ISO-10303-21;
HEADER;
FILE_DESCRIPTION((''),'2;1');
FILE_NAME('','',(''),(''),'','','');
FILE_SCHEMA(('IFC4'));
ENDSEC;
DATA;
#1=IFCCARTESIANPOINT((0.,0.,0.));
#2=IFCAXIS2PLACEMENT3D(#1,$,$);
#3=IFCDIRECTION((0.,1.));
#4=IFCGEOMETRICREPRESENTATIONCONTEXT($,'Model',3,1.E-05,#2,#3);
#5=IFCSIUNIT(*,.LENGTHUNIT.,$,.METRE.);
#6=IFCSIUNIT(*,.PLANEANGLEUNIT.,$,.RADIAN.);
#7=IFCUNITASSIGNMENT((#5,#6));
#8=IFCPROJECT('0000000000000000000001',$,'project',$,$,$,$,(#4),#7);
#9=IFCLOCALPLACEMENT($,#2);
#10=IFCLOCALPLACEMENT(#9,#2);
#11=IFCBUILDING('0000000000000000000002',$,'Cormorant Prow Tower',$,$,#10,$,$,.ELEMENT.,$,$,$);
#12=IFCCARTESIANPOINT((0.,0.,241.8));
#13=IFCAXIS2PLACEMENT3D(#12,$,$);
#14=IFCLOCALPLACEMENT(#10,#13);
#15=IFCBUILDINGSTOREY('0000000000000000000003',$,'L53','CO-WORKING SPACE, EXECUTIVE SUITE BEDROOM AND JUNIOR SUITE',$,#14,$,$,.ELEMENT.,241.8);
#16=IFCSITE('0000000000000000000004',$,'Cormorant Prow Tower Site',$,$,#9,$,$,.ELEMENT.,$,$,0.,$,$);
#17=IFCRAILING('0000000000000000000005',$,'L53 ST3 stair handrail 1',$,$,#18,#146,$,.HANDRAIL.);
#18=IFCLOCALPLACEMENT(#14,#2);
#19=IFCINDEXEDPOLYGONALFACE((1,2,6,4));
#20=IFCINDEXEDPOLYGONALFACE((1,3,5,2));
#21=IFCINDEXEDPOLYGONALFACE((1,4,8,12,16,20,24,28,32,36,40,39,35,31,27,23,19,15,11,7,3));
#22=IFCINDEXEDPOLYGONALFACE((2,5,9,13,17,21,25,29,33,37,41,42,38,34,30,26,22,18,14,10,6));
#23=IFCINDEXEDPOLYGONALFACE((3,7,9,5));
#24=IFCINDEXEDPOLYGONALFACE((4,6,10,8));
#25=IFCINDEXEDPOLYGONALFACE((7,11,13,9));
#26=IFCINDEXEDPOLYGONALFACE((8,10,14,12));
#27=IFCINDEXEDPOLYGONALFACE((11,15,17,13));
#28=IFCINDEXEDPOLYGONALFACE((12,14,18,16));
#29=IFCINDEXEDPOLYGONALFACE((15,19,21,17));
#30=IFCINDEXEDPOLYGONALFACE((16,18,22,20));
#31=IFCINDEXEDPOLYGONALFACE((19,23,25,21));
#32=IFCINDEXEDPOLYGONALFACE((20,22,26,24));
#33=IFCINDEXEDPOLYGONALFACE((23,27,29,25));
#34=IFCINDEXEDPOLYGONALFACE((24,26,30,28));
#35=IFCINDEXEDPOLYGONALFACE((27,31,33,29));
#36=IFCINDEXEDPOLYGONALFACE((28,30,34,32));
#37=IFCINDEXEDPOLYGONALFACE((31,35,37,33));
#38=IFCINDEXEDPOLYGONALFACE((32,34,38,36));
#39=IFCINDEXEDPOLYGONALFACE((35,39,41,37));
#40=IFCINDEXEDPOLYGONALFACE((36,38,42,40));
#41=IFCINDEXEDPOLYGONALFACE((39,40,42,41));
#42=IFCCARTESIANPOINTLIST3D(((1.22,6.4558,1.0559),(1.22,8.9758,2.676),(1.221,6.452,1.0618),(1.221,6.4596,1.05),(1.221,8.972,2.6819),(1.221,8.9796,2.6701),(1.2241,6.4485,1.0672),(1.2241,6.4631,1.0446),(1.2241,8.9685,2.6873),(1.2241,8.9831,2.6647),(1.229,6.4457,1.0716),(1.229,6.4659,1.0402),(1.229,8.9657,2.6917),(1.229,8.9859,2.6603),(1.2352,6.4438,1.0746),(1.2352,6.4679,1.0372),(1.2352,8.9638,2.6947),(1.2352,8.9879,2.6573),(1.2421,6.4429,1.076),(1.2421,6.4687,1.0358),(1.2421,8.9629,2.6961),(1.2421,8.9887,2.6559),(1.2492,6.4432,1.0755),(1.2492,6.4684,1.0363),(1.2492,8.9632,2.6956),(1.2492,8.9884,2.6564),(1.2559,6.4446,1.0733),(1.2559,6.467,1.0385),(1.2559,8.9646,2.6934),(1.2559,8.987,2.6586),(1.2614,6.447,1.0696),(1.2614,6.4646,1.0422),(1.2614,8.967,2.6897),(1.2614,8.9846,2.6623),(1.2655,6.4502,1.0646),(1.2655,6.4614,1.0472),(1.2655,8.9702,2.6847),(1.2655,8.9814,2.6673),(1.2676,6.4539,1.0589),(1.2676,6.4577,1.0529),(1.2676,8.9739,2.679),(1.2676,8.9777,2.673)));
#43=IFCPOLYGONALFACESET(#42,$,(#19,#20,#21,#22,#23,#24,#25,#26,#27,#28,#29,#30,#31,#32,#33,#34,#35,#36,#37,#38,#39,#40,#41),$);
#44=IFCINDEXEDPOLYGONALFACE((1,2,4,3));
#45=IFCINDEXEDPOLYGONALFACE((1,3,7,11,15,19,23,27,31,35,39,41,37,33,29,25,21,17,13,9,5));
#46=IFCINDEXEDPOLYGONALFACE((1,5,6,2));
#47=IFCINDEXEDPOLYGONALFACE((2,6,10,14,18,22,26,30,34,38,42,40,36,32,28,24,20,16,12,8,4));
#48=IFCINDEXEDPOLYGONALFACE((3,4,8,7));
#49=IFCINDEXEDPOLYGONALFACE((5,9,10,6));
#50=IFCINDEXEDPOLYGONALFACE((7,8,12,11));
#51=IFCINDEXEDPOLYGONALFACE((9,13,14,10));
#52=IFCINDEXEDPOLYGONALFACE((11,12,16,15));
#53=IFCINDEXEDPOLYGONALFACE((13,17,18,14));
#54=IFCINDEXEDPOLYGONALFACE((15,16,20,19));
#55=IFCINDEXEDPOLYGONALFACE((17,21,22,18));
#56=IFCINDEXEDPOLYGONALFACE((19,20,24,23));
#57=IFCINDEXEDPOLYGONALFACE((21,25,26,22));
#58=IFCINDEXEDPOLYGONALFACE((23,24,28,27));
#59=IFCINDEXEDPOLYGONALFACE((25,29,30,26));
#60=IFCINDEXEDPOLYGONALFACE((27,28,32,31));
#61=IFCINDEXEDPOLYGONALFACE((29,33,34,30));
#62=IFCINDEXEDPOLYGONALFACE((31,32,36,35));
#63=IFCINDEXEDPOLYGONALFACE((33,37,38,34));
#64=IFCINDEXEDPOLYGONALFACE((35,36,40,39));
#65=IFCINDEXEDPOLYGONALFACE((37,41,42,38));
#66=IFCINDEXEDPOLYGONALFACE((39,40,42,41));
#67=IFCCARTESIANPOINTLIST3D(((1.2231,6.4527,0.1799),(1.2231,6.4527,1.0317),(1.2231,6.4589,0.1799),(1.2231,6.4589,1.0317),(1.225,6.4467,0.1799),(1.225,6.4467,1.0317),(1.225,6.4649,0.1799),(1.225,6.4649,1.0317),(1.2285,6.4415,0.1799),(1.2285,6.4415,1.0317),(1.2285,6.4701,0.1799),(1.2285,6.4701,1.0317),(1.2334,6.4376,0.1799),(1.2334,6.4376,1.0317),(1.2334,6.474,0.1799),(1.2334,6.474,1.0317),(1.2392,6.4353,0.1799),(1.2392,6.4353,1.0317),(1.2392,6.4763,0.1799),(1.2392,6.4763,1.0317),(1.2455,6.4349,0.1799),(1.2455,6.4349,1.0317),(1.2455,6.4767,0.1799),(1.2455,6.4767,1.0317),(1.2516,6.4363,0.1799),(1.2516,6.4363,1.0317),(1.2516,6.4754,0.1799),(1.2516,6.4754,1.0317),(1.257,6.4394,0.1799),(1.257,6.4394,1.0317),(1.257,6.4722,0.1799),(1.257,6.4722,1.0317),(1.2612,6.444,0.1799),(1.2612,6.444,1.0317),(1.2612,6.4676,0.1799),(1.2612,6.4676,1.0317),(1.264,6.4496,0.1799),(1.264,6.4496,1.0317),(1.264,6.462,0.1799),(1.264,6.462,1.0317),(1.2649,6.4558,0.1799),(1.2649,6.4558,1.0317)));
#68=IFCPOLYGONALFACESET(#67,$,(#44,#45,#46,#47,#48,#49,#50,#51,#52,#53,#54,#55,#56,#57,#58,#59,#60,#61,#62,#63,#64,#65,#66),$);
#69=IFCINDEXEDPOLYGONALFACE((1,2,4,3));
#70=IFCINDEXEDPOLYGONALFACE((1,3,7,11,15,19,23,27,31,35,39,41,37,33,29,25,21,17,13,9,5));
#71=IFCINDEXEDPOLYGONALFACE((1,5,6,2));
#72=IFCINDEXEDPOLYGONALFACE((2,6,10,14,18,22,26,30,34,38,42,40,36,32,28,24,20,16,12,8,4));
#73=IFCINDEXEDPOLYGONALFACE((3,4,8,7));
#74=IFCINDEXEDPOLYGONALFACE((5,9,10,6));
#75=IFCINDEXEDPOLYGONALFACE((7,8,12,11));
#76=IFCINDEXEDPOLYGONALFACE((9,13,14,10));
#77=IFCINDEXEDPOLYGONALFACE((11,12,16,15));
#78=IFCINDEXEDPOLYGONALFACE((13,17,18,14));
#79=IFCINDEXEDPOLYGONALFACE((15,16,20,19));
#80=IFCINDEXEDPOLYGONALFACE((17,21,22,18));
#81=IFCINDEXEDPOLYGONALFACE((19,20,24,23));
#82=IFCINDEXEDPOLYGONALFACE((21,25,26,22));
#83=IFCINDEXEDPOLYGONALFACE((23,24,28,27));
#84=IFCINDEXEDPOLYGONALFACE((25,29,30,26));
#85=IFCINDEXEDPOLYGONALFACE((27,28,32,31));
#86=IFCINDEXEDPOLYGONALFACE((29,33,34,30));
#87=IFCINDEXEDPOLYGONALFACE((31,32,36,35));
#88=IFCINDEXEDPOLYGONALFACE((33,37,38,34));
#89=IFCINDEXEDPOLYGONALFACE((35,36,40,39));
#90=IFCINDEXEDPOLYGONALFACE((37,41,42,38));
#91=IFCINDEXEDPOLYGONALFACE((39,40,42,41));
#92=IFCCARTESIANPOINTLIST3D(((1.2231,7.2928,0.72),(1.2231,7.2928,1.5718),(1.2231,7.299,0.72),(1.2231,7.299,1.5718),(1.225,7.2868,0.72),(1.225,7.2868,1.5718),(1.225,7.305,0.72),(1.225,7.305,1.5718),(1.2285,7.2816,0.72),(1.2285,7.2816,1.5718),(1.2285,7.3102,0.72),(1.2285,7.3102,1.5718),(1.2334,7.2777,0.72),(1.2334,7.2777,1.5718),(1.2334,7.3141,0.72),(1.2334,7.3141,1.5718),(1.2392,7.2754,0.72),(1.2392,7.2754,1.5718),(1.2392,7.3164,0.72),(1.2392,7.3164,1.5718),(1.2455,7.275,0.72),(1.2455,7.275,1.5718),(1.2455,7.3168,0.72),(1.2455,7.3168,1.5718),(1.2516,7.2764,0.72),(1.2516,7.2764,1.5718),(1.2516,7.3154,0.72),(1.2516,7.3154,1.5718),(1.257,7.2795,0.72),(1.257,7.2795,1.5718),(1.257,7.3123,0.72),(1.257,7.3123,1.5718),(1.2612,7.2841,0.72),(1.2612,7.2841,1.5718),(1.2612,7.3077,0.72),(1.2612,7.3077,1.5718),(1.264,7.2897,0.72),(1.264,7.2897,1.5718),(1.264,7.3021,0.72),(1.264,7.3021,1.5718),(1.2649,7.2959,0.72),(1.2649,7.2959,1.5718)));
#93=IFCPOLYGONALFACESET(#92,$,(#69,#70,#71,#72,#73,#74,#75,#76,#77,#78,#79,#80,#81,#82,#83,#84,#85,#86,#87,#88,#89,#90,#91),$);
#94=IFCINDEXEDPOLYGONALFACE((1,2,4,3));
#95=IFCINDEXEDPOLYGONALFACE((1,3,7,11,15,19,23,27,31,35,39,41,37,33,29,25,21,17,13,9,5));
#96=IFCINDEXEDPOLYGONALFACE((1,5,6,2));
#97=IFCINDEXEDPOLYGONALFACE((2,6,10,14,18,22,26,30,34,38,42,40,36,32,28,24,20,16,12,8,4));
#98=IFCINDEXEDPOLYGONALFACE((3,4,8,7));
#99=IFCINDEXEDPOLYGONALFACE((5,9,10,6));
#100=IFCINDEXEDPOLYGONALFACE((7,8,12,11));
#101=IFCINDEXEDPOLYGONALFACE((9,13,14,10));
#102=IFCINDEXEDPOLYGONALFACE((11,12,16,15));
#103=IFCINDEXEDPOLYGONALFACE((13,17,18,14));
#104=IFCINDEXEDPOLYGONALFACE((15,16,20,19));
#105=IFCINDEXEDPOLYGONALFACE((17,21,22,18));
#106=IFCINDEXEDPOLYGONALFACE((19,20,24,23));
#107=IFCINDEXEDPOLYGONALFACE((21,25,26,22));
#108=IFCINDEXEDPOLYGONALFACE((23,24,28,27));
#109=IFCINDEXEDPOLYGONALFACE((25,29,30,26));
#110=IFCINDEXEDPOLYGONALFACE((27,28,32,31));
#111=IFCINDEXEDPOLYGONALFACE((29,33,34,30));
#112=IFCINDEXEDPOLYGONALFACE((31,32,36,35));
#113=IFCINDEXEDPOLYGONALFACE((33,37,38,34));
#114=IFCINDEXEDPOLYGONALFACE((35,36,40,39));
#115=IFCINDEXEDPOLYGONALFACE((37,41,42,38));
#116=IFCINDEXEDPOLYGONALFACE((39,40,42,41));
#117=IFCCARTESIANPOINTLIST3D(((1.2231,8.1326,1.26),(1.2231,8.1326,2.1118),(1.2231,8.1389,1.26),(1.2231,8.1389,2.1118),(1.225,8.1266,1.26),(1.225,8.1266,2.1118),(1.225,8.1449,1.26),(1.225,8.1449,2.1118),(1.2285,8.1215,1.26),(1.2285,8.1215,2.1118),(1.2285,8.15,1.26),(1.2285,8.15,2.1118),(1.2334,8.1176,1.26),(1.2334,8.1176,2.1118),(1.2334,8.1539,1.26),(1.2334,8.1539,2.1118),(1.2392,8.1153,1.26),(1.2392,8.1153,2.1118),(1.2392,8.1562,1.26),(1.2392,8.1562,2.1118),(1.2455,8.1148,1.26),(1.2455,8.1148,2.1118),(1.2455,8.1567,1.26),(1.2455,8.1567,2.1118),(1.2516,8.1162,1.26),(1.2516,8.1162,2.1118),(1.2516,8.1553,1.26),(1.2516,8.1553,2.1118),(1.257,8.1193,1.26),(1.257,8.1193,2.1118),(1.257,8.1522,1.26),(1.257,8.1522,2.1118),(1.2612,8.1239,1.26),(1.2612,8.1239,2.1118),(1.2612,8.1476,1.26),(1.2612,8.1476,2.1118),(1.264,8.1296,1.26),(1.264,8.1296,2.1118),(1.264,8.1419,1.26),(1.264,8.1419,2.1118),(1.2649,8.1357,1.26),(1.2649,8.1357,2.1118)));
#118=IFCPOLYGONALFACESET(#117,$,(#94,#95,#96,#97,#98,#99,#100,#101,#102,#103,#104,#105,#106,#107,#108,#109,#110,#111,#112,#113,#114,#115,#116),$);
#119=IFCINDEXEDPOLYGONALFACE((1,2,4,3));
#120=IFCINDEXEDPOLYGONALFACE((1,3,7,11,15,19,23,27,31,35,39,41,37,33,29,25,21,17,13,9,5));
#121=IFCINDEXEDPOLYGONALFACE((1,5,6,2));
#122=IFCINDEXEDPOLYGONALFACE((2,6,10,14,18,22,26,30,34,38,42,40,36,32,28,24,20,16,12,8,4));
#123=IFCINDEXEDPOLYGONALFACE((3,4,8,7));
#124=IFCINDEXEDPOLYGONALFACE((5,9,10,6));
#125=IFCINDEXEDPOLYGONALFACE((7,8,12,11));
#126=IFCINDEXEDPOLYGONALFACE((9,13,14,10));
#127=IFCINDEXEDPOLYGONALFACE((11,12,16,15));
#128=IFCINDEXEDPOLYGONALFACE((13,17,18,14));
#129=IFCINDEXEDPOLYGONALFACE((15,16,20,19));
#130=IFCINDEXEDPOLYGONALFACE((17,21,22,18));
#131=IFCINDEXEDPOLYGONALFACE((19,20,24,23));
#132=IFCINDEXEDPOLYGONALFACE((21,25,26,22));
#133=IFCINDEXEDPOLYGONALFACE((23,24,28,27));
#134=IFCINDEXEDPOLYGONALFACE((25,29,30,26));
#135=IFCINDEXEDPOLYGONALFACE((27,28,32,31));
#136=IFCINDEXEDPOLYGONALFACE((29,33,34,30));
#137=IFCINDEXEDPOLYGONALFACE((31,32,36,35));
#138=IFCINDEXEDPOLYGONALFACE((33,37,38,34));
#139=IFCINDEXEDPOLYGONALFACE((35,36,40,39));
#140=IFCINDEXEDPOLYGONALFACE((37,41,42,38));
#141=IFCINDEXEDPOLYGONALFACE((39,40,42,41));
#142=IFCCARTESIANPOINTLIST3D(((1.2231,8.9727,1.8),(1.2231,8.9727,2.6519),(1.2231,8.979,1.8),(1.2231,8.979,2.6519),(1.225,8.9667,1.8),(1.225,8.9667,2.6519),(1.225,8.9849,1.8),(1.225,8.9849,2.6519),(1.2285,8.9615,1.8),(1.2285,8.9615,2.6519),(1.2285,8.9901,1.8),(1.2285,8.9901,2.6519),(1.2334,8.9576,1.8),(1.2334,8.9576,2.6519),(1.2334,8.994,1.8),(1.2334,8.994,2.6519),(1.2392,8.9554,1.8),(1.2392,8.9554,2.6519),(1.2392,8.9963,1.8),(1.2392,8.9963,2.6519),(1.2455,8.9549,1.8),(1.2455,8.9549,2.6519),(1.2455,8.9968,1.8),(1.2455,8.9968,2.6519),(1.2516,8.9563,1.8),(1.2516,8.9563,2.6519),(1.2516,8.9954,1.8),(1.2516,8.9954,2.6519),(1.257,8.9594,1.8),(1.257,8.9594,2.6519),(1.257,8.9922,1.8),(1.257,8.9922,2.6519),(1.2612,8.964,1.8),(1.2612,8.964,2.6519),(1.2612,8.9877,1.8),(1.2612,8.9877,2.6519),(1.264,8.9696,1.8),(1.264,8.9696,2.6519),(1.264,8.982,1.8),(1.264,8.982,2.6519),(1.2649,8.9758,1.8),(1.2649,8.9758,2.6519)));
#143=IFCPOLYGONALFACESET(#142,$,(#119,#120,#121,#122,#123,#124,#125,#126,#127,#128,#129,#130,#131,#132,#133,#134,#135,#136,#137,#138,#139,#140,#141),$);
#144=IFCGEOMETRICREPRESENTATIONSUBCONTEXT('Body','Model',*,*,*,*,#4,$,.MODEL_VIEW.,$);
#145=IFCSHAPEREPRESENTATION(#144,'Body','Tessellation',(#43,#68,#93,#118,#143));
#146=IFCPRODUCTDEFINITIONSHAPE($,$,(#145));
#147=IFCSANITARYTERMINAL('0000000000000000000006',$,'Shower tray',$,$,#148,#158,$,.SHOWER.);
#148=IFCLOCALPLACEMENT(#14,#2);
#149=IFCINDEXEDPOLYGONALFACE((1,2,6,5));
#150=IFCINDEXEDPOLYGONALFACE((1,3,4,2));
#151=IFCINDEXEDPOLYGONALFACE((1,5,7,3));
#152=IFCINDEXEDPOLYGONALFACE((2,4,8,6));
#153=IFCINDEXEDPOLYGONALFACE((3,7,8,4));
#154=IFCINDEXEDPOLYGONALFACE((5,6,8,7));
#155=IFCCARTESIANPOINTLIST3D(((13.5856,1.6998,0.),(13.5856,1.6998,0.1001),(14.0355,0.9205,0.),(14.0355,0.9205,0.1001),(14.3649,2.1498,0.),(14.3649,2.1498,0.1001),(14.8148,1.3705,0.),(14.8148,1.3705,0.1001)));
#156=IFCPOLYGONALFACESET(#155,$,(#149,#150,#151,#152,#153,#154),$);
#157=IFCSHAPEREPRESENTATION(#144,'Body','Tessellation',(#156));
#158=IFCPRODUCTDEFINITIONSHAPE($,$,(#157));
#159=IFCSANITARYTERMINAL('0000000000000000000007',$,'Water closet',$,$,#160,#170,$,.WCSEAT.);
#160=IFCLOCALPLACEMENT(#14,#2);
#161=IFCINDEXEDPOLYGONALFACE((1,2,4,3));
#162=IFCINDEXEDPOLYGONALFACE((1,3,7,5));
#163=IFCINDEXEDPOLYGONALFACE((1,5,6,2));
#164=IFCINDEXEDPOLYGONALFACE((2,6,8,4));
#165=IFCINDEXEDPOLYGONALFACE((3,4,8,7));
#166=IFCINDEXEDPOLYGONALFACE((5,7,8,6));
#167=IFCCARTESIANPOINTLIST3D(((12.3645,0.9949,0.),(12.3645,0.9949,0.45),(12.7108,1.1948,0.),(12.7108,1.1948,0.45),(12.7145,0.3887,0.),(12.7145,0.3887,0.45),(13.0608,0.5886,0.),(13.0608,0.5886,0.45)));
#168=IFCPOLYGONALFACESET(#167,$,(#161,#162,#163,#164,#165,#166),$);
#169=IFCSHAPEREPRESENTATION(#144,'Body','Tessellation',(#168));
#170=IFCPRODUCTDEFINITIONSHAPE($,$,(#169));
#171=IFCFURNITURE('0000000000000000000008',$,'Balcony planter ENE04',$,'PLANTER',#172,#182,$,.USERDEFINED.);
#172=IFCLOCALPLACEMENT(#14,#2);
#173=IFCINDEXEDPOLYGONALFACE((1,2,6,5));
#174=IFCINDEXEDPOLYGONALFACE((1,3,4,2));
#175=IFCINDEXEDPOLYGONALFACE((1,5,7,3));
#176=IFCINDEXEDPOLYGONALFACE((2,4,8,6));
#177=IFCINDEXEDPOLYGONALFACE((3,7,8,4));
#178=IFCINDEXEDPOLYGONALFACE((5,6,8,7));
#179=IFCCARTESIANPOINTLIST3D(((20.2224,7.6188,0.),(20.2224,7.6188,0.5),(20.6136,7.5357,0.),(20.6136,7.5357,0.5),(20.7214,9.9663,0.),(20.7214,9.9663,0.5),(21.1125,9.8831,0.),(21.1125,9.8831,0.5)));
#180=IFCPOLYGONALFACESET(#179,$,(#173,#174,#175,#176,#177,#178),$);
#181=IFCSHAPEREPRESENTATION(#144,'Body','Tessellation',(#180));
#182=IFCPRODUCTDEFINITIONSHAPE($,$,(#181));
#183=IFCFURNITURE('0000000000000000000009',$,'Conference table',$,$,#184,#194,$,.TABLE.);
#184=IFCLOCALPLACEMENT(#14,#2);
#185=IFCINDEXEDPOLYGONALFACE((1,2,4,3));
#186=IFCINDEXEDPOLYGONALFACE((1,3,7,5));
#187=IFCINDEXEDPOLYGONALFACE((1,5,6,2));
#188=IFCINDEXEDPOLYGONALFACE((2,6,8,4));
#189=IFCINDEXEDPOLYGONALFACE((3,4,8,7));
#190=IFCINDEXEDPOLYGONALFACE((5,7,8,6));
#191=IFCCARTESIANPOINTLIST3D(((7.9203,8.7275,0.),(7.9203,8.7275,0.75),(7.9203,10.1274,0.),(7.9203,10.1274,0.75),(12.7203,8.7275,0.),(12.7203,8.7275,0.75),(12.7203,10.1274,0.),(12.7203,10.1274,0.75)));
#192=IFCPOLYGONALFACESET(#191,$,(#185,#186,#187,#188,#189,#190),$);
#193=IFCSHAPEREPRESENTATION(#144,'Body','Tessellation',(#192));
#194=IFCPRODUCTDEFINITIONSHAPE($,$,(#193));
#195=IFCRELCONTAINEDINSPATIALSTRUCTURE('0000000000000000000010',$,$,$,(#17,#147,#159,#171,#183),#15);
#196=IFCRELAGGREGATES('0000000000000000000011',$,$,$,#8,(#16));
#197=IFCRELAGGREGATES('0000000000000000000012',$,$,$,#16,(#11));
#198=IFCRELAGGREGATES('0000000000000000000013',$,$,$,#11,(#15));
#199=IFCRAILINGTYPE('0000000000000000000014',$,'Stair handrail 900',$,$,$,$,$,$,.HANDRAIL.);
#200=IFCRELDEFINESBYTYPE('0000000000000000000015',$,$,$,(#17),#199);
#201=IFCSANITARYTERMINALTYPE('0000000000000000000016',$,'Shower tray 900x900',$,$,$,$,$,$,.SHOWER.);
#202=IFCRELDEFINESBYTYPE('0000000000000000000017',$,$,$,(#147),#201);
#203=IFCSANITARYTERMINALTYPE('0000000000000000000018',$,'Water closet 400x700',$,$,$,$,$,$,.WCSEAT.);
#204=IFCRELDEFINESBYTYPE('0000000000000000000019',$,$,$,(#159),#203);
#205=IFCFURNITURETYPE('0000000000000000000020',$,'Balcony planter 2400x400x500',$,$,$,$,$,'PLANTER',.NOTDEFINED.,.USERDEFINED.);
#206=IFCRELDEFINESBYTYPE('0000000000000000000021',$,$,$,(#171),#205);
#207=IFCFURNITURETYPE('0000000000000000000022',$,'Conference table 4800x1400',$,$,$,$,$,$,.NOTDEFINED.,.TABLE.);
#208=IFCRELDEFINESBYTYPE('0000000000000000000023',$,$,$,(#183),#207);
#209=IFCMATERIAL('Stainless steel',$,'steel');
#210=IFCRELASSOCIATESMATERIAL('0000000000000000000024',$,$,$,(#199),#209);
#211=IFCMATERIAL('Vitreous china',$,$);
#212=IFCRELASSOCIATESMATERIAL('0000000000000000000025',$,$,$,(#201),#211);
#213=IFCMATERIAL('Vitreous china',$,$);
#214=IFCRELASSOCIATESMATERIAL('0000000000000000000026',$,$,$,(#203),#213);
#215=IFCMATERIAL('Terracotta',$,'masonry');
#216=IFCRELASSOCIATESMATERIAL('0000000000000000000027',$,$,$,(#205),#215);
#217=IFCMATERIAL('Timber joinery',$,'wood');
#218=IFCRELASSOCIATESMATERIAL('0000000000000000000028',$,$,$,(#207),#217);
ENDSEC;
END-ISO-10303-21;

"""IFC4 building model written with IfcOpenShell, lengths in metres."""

from ifc_helpers import new_model, si_unit, direction, frame, origin, origin_2d, place, context, subcontext, project, spatial, rectangle, circle, extrude, material, type_object, element, save


model = new_model("IFC4")

# Units and contexts
model_context = context("Model", 3, precision=1e-05, world=origin(), true_north=direction((0.0, 1.0)))
body_context = subcontext(model_context, "Body", "Model", "MODEL_VIEW")
ifc_project = project(units=[si_unit("LENGTHUNIT", "METRE"), si_unit("PLANEANGLEUNIT", "RADIAN")], contexts=[model_context])

# Site, building, storey
site_placement = place(None, origin())
site = spatial("IfcSite", under=ifc_project, at=site_placement, Name="Cormorant Prow Tower Site", CompositionType="ELEMENT", RefElevation=0.0)
building_placement = place(site_placement, origin())
building = spatial("IfcBuilding", under=site, at=building_placement, Name="Cormorant Prow Tower", CompositionType="ELEMENT")
storey_placement = place(building_placement, frame((0.0, 0.0, 241.8)))
storey = spatial("IfcBuildingStorey", under=building, at=storey_placement, Name="L53", Description="CO-WORKING SPACE, EXECUTIVE SUITE BEDROOM AND JUNIOR SUITE", CompositionType="ELEMENT", Elevation=241.8)

# Railing
ifc_material_1 = material(Name="Stainless steel", Category="steel")
railing_type_1 = type_object("IfcRailingType", Name="Stair handrail 900", PredefinedType="HANDRAIL", material=ifc_material_1)
railing_1_placement = place(storey_placement, frame((1.2439, 6.4558, 0.1799)))
element("IfcRailing", 1, at=railing_1_placement, inside=storey, type_object=railing_type_1, Name="L53 ST3 stair handrail 1", PredefinedType="HANDRAIL", context=body_context, shape_type="SweptSolid", body=[
    extrude(circle(Radius=0.0239, at=origin_2d()), frame((0.0, 0.0, 0.876), z_axis=(0.0, 0.841163, 0.540782), x_axis=(-1.0, 0.0, 0.0)), (0.0, 0.0, 1.0), 2.9958),
    extrude(circle(Radius=0.021, at=origin_2d()), origin(), (0.0, 0.0, 1.0), 0.8518),
    extrude(circle(Radius=0.021, at=origin_2d()), frame((0.0, 0.8401, 0.54)), (0.0, 0.0, 1.0), 0.8518),
    extrude(circle(Radius=0.021, at=origin_2d()), frame((0.0, 1.6799, 1.0801)), (0.0, 0.0, 1.0), 0.8518),
    extrude(circle(Radius=0.021, at=origin_2d()), frame((0.0, 2.52, 1.6201)), (0.0, 0.0, 1.0), 0.8518),
])

# Sanitary terminals
ifc_material_2 = material(Name="Vitreous china")
sanitary_terminal_type_1 = type_object("IfcSanitaryTerminalType", Name="Shower tray 900x900", PredefinedType="SHOWER", material=ifc_material_2)
sanitary_terminal_1_placement = place(storey_placement, frame((14.2002, 1.5352, 0.0), z_axis=(0.0, 0.0, 1.0), x_axis=(0.5, -0.866025, 0.0)))
element("IfcSanitaryTerminal", 2, at=sanitary_terminal_1_placement, inside=storey, type_object=sanitary_terminal_type_1, Name="Shower tray", PredefinedType="SHOWER", context=body_context, shape_type="SweptSolid", body=[
    extrude(rectangle(XDim=0.8999, YDim=0.8999, at=origin_2d()), origin(), (0.0, 0.0, 1.0), 0.1001),
])
ifc_material_3 = material(Name="Vitreous china")
sanitary_terminal_type_2 = type_object("IfcSanitaryTerminalType", Name="Water closet 400x700", PredefinedType="WCSEAT", material=ifc_material_3)
sanitary_terminal_2_placement = place(storey_placement, frame((12.7126, 0.7917, 0.0), z_axis=(0.0, 0.0, 1.0), x_axis=(0.866025, 0.5, 0.0)))
element("IfcSanitaryTerminal", 3, at=sanitary_terminal_2_placement, inside=storey, type_object=sanitary_terminal_type_2, Name="Water closet", PredefinedType="WCSEAT", context=body_context, shape_type="SweptSolid", body=[
    extrude(rectangle(XDim=0.3999, YDim=0.7, at=origin_2d()), origin(), (0.0, 0.0, 1.0), 0.45),
])

# Furniture
ifc_material_4 = material(Name="Terracotta", Category="masonry")
furniture_type_1 = type_object("IfcFurnitureType", Name="Balcony planter 2400x400x500", ElementType="PLANTER", AssemblyPlace="NOTDEFINED", PredefinedType="USERDEFINED", material=ifc_material_4)
furniture_1_placement = place(storey_placement, frame((20.6675, 8.751, 0.0), z_axis=(0.0, 0.0, 1.0), x_axis=(0.207912, 0.978148, 0.0)))
element("IfcFurniture", 4, at=furniture_1_placement, inside=storey, type_object=furniture_type_1, Name="Balcony planter ENE04", ObjectType="PLANTER", PredefinedType="USERDEFINED", context=body_context, shape_type="SweptSolid", body=[
    extrude(rectangle(XDim=2.3999, YDim=0.3999, at=origin_2d()), origin(), (0.0, 0.0, 1.0), 0.5),
])
ifc_material_5 = material(Name="Timber joinery", Category="wood")
furniture_type_2 = type_object("IfcFurnitureType", Name="Conference table 4800x1400", AssemblyPlace="NOTDEFINED", PredefinedType="TABLE", material=ifc_material_5)
furniture_2_placement = place(storey_placement, frame((10.3203, 9.4275, 0.0), z_axis=(0.0, 0.0, 1.0), x_axis=(1.0, 0.0, 0.0)))
element("IfcFurniture", 5, at=furniture_2_placement, inside=storey, type_object=furniture_type_2, Name="Conference table", PredefinedType="TABLE", context=body_context, shape_type="SweptSolid", body=[
    extrude(rectangle(XDim=4.8, YDim=1.3999, at=origin_2d()), origin(), (0.0, 0.0, 1.0), 0.75),
])

save(model, "model.ifc")
